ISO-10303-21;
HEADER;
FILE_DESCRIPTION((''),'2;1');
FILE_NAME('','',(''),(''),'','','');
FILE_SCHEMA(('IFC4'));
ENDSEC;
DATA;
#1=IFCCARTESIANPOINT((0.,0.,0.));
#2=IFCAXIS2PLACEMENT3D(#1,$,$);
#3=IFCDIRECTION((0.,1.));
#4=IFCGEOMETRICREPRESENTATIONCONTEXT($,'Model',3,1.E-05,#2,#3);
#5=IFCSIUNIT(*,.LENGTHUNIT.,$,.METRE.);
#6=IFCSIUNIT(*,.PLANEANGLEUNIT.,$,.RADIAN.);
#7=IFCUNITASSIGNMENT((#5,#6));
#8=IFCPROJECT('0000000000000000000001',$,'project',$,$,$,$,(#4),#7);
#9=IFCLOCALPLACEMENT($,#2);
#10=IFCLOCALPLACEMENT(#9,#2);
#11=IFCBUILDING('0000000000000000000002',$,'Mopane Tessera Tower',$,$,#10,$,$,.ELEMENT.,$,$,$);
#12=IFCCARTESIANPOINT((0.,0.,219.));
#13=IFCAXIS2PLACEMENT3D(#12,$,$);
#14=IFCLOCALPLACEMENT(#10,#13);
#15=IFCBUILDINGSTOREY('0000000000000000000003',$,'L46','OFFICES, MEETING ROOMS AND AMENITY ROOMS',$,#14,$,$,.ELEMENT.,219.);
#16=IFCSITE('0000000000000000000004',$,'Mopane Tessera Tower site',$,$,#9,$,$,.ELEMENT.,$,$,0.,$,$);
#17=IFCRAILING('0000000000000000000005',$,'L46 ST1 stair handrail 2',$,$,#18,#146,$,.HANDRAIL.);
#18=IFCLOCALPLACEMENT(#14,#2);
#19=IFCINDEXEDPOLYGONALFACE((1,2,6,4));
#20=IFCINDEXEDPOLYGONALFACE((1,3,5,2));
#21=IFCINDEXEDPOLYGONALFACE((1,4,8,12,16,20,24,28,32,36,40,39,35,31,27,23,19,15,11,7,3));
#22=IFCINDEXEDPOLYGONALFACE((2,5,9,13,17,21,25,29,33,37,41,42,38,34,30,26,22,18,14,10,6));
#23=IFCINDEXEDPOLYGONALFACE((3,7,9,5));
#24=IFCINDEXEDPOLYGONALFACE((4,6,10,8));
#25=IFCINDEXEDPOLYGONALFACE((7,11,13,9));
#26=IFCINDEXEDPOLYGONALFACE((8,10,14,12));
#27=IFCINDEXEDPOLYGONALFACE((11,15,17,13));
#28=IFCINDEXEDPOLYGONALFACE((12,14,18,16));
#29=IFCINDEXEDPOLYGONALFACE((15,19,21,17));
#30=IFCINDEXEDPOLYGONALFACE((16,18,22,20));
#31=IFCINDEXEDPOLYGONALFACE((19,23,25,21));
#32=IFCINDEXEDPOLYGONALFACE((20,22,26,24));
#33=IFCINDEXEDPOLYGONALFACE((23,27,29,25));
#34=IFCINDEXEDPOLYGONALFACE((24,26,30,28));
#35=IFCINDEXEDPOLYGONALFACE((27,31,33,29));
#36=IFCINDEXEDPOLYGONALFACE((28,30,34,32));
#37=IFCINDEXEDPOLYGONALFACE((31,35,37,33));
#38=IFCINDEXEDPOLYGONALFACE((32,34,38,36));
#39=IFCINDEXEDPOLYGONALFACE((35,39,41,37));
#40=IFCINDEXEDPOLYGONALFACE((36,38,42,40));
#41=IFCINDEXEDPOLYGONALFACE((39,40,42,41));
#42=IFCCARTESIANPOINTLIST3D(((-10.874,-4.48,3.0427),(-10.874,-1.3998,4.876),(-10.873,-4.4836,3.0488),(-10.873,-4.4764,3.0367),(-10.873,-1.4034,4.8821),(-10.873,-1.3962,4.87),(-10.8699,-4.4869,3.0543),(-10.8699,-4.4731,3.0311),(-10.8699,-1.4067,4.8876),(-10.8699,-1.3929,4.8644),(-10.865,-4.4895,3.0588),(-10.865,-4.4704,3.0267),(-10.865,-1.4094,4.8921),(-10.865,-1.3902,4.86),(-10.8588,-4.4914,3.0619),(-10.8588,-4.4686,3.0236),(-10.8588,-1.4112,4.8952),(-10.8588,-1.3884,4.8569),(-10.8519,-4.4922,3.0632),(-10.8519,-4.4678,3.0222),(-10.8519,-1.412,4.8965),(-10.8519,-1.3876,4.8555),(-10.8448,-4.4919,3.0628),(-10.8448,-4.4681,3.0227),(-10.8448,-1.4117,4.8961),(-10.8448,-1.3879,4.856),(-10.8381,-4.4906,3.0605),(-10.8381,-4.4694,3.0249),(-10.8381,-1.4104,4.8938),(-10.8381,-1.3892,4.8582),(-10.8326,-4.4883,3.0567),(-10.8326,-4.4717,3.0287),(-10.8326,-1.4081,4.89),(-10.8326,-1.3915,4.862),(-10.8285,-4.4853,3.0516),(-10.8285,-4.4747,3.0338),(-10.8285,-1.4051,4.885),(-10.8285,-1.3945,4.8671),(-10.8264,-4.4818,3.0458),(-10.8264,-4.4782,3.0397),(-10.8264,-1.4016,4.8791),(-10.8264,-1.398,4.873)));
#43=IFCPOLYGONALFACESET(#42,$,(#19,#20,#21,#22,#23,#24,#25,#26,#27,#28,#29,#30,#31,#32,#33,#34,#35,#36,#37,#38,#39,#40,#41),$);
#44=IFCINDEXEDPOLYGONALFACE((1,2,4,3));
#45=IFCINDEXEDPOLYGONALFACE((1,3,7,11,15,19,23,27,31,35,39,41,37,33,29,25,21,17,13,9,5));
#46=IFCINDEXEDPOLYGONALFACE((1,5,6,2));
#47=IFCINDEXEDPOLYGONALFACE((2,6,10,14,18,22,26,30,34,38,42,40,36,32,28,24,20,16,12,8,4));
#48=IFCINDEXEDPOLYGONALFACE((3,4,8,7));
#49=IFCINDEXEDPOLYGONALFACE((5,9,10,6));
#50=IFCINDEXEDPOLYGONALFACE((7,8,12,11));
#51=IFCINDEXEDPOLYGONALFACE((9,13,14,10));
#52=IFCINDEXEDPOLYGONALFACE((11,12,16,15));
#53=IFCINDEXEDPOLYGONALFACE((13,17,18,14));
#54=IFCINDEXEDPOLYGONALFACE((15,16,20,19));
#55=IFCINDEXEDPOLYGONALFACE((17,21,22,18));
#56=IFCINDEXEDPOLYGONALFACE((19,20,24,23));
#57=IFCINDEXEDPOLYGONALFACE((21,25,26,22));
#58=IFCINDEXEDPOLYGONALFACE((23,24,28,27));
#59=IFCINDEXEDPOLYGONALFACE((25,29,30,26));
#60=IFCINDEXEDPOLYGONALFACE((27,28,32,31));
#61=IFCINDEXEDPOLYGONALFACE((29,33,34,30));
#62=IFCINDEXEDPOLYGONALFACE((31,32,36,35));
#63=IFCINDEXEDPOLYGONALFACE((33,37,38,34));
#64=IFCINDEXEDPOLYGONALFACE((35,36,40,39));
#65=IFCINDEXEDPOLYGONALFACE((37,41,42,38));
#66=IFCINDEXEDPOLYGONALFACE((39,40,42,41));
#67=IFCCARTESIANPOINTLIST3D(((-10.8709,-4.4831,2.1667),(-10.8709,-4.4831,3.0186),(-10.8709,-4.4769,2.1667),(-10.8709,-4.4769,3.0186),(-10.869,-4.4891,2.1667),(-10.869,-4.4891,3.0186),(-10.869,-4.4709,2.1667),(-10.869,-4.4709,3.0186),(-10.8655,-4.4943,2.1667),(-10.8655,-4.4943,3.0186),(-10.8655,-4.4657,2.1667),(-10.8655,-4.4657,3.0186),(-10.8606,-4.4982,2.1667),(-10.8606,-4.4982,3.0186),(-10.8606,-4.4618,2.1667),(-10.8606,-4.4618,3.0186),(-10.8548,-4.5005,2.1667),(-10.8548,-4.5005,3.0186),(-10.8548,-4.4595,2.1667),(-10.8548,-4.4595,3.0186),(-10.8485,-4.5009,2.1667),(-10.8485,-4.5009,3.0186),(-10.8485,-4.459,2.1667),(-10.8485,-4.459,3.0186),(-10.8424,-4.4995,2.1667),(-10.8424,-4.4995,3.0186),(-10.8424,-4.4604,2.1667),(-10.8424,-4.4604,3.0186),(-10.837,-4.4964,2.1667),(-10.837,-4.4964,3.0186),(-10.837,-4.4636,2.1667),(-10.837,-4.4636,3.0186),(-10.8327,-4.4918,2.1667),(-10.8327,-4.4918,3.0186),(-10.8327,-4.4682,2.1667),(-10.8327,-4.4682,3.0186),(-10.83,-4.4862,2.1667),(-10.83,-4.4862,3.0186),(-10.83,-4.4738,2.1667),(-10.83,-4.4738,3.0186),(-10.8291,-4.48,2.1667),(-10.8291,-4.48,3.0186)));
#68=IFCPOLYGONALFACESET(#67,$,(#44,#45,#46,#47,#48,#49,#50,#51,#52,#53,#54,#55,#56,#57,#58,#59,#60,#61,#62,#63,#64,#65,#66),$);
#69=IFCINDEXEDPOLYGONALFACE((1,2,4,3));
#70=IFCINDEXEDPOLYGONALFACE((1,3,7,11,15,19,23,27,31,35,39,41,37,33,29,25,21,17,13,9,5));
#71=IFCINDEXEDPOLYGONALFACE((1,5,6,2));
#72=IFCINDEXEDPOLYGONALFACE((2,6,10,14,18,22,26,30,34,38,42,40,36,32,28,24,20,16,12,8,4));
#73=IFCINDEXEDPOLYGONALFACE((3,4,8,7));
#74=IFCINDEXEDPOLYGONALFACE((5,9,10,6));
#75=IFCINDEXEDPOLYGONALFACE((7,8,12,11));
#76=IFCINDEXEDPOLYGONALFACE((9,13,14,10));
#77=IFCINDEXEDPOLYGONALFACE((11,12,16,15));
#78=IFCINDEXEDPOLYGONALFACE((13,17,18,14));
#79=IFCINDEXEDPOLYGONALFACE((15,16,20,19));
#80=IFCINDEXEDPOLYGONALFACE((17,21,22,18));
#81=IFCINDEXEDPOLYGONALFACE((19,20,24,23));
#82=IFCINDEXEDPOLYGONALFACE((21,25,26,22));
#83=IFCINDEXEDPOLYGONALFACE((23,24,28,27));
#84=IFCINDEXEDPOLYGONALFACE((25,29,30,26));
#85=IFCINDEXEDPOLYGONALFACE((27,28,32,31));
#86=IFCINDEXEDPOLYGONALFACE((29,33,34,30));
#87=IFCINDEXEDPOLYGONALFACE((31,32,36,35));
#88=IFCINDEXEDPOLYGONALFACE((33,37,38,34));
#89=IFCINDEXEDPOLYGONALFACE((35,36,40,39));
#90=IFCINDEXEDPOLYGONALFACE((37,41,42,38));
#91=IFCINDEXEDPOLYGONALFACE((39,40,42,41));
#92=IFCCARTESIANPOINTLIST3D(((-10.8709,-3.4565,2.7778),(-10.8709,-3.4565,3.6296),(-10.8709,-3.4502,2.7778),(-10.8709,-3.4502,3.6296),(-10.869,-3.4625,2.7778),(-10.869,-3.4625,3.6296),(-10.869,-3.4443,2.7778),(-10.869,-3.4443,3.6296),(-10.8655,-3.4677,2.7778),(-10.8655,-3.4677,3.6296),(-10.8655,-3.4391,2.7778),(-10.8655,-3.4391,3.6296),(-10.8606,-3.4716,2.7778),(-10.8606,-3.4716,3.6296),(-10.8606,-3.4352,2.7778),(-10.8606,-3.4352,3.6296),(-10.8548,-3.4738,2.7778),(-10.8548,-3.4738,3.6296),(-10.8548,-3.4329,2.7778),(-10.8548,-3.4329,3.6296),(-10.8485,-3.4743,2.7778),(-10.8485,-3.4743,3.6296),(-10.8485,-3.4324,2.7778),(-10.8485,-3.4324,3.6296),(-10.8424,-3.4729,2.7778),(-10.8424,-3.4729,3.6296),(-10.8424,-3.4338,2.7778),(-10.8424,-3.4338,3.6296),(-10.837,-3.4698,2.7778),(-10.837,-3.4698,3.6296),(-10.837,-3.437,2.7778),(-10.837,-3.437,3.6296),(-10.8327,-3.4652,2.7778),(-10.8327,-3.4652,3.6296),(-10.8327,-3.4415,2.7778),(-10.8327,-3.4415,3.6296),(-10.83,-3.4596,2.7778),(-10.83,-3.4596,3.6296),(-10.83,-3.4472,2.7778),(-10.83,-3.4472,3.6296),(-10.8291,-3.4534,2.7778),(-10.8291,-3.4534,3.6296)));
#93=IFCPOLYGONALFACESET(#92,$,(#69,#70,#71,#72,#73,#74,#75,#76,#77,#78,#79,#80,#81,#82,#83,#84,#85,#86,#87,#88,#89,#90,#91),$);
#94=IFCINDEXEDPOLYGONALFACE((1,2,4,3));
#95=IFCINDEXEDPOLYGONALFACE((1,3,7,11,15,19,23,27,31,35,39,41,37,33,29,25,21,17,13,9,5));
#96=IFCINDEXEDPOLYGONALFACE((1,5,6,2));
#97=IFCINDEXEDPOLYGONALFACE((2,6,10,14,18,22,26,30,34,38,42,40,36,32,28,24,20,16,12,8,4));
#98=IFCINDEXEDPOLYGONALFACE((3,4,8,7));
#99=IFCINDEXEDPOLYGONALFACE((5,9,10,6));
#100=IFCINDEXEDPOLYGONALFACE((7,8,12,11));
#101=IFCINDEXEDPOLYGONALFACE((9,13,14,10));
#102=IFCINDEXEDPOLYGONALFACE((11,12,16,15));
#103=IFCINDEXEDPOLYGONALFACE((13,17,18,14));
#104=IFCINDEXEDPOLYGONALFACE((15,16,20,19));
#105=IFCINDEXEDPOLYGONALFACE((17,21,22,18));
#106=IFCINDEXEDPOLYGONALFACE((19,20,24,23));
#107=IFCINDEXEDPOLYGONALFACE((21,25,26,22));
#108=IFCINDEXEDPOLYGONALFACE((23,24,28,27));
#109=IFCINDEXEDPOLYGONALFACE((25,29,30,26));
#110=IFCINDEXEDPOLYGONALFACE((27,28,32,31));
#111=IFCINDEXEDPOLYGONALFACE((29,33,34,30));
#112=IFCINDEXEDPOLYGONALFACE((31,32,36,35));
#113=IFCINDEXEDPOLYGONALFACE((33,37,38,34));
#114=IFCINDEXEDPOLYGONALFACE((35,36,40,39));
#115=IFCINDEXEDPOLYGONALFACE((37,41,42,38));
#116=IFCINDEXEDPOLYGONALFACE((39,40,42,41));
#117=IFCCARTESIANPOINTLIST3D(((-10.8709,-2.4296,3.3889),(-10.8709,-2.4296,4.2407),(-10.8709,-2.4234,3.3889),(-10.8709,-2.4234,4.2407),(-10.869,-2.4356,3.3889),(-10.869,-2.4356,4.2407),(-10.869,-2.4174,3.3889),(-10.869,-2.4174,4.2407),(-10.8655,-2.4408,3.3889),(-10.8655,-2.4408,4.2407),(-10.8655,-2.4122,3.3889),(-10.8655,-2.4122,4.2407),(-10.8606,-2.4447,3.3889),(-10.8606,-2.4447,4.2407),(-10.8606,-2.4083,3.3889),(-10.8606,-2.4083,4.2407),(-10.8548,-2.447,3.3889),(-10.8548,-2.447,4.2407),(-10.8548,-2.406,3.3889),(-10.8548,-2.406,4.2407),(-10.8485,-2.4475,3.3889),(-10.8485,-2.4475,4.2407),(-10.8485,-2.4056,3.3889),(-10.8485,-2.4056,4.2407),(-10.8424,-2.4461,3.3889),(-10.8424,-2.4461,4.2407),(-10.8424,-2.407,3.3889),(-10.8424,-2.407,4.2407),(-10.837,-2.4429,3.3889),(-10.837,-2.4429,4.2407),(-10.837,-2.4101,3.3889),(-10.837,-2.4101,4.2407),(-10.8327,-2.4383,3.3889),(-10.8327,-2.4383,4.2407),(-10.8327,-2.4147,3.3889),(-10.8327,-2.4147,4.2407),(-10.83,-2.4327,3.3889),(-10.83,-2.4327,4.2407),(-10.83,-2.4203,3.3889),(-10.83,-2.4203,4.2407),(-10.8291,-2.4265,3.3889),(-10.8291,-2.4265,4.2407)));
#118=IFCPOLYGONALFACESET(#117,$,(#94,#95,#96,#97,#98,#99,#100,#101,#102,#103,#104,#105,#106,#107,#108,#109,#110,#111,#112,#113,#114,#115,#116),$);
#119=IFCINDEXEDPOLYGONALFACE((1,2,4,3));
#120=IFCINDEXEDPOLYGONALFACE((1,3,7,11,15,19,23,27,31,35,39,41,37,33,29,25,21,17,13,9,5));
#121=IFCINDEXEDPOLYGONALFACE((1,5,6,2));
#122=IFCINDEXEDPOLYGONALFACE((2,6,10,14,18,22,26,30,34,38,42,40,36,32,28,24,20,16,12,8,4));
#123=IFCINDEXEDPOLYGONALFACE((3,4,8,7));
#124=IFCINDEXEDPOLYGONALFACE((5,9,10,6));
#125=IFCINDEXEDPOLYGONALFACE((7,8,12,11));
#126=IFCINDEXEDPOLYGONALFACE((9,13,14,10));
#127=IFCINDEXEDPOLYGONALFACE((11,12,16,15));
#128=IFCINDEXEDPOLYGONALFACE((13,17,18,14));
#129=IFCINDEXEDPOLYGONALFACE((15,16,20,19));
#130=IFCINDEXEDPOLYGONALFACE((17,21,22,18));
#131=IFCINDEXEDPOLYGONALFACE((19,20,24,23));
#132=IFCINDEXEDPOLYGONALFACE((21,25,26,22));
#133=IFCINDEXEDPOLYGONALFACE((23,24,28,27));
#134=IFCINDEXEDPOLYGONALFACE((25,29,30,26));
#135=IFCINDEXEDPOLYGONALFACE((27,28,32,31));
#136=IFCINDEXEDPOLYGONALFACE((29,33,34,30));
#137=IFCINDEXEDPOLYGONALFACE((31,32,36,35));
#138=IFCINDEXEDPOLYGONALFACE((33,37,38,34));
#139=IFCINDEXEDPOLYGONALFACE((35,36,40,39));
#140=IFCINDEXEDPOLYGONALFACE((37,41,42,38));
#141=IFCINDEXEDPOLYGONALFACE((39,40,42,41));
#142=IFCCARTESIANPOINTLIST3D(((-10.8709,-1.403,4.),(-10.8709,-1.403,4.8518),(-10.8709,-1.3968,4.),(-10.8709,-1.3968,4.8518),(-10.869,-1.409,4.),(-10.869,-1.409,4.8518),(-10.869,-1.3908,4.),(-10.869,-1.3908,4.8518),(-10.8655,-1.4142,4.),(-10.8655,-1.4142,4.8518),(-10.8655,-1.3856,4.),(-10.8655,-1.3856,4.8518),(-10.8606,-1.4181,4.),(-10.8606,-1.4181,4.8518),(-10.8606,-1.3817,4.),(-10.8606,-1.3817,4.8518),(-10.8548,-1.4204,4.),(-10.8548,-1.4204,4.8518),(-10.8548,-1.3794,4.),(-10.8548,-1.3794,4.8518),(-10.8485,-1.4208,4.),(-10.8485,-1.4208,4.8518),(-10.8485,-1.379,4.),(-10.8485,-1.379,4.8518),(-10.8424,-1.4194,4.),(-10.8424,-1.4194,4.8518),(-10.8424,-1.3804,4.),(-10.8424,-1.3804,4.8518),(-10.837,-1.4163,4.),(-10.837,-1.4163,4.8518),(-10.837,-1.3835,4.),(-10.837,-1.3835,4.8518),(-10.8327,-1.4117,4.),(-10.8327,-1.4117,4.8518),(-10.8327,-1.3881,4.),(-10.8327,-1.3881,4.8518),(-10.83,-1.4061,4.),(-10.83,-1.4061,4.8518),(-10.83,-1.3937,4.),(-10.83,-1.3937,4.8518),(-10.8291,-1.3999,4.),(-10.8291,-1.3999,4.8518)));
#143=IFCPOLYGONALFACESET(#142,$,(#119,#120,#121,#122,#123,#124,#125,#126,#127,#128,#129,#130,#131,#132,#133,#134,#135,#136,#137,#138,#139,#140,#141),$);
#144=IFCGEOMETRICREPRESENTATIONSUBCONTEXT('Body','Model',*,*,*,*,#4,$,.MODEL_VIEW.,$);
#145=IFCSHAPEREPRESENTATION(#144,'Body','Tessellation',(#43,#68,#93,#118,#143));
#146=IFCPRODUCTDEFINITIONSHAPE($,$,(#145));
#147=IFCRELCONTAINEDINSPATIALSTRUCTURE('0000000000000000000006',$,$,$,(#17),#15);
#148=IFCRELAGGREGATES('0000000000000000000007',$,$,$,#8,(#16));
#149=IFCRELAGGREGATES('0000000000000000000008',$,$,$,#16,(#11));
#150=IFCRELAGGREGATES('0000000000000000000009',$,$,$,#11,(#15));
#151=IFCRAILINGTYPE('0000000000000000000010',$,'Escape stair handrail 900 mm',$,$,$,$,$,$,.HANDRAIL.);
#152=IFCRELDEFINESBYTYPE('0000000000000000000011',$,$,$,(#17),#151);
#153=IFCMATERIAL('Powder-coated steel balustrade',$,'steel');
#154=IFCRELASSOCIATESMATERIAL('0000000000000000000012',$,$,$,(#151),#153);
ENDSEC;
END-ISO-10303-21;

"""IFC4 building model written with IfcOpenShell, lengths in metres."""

from ifc_helpers import new_model, si_unit, direction, frame, origin, origin_2d, place, context, subcontext, project, spatial, circle, extrude, material, type_object, element, save


model = new_model("IFC4")

# Units and contexts
model_context = context("Model", 3, precision=1e-05, world=origin(), true_north=direction((0.0, 1.0)))
body_context = subcontext(model_context, "Body", "Model", "MODEL_VIEW")
ifc_project = project(units=[si_unit("LENGTHUNIT", "METRE"), si_unit("PLANEANGLEUNIT", "RADIAN")], contexts=[model_context])

# Site, building, storey
site_placement = place(None, origin())
site = spatial("IfcSite", under=ifc_project, at=site_placement, Name="Mopane Tessera Tower site", CompositionType="ELEMENT", RefElevation=0.0)
building_placement = place(site_placement, origin())
building = spatial("IfcBuilding", under=site, at=building_placement, Name="Mopane Tessera Tower", CompositionType="ELEMENT")
storey_placement = place(building_placement, frame((0.0, 0.0, 219.0)))
storey = spatial("IfcBuildingStorey", under=building, at=storey_placement, Name="L46", Description="OFFICES, MEETING ROOMS AND AMENITY ROOMS", CompositionType="ELEMENT", Elevation=219.0)

# Railing
ifc_material_1 = material(Name="Powder-coated steel balustrade", Category="steel")
railing_type_1 = type_object("IfcRailingType", Name="Escape stair handrail 900 mm", PredefinedType="HANDRAIL", material=ifc_material_1)
railing_1_placement = place(storey_placement, frame((-10.8501, -4.48, 2.1667)))
element("IfcRailing", 1, at=railing_1_placement, inside=storey, type_object=railing_type_1, Name="L46 ST1 stair handrail 2", PredefinedType="HANDRAIL", context=body_context, shape_type="SweptSolid", body=[
    extrude(circle(Radius=0.0239, at=origin_2d()), frame((0.0, 0.0, 0.876), z_axis=(0.0, 0.859309, 0.511458), x_axis=(-1.0, 0.0, 0.0)), (0.0, 0.0, 1.0), 3.5845),
    extrude(circle(Radius=0.021, at=origin_2d()), origin(), (0.0, 0.0, 1.0), 0.8518),
    extrude(circle(Radius=0.021, at=origin_2d()), frame((0.0, 1.0266, 0.6111)), (0.0, 0.0, 1.0), 0.8518),
    extrude(circle(Radius=0.021, at=origin_2d()), frame((0.0, 2.0535, 1.2222)), (0.0, 0.0, 1.0), 0.8518),
    extrude(circle(Radius=0.021, at=origin_2d()), frame((0.0, 3.0801, 1.8333)), (0.0, 0.0, 1.0), 0.8518),
])

save(model, "model.ifc")
